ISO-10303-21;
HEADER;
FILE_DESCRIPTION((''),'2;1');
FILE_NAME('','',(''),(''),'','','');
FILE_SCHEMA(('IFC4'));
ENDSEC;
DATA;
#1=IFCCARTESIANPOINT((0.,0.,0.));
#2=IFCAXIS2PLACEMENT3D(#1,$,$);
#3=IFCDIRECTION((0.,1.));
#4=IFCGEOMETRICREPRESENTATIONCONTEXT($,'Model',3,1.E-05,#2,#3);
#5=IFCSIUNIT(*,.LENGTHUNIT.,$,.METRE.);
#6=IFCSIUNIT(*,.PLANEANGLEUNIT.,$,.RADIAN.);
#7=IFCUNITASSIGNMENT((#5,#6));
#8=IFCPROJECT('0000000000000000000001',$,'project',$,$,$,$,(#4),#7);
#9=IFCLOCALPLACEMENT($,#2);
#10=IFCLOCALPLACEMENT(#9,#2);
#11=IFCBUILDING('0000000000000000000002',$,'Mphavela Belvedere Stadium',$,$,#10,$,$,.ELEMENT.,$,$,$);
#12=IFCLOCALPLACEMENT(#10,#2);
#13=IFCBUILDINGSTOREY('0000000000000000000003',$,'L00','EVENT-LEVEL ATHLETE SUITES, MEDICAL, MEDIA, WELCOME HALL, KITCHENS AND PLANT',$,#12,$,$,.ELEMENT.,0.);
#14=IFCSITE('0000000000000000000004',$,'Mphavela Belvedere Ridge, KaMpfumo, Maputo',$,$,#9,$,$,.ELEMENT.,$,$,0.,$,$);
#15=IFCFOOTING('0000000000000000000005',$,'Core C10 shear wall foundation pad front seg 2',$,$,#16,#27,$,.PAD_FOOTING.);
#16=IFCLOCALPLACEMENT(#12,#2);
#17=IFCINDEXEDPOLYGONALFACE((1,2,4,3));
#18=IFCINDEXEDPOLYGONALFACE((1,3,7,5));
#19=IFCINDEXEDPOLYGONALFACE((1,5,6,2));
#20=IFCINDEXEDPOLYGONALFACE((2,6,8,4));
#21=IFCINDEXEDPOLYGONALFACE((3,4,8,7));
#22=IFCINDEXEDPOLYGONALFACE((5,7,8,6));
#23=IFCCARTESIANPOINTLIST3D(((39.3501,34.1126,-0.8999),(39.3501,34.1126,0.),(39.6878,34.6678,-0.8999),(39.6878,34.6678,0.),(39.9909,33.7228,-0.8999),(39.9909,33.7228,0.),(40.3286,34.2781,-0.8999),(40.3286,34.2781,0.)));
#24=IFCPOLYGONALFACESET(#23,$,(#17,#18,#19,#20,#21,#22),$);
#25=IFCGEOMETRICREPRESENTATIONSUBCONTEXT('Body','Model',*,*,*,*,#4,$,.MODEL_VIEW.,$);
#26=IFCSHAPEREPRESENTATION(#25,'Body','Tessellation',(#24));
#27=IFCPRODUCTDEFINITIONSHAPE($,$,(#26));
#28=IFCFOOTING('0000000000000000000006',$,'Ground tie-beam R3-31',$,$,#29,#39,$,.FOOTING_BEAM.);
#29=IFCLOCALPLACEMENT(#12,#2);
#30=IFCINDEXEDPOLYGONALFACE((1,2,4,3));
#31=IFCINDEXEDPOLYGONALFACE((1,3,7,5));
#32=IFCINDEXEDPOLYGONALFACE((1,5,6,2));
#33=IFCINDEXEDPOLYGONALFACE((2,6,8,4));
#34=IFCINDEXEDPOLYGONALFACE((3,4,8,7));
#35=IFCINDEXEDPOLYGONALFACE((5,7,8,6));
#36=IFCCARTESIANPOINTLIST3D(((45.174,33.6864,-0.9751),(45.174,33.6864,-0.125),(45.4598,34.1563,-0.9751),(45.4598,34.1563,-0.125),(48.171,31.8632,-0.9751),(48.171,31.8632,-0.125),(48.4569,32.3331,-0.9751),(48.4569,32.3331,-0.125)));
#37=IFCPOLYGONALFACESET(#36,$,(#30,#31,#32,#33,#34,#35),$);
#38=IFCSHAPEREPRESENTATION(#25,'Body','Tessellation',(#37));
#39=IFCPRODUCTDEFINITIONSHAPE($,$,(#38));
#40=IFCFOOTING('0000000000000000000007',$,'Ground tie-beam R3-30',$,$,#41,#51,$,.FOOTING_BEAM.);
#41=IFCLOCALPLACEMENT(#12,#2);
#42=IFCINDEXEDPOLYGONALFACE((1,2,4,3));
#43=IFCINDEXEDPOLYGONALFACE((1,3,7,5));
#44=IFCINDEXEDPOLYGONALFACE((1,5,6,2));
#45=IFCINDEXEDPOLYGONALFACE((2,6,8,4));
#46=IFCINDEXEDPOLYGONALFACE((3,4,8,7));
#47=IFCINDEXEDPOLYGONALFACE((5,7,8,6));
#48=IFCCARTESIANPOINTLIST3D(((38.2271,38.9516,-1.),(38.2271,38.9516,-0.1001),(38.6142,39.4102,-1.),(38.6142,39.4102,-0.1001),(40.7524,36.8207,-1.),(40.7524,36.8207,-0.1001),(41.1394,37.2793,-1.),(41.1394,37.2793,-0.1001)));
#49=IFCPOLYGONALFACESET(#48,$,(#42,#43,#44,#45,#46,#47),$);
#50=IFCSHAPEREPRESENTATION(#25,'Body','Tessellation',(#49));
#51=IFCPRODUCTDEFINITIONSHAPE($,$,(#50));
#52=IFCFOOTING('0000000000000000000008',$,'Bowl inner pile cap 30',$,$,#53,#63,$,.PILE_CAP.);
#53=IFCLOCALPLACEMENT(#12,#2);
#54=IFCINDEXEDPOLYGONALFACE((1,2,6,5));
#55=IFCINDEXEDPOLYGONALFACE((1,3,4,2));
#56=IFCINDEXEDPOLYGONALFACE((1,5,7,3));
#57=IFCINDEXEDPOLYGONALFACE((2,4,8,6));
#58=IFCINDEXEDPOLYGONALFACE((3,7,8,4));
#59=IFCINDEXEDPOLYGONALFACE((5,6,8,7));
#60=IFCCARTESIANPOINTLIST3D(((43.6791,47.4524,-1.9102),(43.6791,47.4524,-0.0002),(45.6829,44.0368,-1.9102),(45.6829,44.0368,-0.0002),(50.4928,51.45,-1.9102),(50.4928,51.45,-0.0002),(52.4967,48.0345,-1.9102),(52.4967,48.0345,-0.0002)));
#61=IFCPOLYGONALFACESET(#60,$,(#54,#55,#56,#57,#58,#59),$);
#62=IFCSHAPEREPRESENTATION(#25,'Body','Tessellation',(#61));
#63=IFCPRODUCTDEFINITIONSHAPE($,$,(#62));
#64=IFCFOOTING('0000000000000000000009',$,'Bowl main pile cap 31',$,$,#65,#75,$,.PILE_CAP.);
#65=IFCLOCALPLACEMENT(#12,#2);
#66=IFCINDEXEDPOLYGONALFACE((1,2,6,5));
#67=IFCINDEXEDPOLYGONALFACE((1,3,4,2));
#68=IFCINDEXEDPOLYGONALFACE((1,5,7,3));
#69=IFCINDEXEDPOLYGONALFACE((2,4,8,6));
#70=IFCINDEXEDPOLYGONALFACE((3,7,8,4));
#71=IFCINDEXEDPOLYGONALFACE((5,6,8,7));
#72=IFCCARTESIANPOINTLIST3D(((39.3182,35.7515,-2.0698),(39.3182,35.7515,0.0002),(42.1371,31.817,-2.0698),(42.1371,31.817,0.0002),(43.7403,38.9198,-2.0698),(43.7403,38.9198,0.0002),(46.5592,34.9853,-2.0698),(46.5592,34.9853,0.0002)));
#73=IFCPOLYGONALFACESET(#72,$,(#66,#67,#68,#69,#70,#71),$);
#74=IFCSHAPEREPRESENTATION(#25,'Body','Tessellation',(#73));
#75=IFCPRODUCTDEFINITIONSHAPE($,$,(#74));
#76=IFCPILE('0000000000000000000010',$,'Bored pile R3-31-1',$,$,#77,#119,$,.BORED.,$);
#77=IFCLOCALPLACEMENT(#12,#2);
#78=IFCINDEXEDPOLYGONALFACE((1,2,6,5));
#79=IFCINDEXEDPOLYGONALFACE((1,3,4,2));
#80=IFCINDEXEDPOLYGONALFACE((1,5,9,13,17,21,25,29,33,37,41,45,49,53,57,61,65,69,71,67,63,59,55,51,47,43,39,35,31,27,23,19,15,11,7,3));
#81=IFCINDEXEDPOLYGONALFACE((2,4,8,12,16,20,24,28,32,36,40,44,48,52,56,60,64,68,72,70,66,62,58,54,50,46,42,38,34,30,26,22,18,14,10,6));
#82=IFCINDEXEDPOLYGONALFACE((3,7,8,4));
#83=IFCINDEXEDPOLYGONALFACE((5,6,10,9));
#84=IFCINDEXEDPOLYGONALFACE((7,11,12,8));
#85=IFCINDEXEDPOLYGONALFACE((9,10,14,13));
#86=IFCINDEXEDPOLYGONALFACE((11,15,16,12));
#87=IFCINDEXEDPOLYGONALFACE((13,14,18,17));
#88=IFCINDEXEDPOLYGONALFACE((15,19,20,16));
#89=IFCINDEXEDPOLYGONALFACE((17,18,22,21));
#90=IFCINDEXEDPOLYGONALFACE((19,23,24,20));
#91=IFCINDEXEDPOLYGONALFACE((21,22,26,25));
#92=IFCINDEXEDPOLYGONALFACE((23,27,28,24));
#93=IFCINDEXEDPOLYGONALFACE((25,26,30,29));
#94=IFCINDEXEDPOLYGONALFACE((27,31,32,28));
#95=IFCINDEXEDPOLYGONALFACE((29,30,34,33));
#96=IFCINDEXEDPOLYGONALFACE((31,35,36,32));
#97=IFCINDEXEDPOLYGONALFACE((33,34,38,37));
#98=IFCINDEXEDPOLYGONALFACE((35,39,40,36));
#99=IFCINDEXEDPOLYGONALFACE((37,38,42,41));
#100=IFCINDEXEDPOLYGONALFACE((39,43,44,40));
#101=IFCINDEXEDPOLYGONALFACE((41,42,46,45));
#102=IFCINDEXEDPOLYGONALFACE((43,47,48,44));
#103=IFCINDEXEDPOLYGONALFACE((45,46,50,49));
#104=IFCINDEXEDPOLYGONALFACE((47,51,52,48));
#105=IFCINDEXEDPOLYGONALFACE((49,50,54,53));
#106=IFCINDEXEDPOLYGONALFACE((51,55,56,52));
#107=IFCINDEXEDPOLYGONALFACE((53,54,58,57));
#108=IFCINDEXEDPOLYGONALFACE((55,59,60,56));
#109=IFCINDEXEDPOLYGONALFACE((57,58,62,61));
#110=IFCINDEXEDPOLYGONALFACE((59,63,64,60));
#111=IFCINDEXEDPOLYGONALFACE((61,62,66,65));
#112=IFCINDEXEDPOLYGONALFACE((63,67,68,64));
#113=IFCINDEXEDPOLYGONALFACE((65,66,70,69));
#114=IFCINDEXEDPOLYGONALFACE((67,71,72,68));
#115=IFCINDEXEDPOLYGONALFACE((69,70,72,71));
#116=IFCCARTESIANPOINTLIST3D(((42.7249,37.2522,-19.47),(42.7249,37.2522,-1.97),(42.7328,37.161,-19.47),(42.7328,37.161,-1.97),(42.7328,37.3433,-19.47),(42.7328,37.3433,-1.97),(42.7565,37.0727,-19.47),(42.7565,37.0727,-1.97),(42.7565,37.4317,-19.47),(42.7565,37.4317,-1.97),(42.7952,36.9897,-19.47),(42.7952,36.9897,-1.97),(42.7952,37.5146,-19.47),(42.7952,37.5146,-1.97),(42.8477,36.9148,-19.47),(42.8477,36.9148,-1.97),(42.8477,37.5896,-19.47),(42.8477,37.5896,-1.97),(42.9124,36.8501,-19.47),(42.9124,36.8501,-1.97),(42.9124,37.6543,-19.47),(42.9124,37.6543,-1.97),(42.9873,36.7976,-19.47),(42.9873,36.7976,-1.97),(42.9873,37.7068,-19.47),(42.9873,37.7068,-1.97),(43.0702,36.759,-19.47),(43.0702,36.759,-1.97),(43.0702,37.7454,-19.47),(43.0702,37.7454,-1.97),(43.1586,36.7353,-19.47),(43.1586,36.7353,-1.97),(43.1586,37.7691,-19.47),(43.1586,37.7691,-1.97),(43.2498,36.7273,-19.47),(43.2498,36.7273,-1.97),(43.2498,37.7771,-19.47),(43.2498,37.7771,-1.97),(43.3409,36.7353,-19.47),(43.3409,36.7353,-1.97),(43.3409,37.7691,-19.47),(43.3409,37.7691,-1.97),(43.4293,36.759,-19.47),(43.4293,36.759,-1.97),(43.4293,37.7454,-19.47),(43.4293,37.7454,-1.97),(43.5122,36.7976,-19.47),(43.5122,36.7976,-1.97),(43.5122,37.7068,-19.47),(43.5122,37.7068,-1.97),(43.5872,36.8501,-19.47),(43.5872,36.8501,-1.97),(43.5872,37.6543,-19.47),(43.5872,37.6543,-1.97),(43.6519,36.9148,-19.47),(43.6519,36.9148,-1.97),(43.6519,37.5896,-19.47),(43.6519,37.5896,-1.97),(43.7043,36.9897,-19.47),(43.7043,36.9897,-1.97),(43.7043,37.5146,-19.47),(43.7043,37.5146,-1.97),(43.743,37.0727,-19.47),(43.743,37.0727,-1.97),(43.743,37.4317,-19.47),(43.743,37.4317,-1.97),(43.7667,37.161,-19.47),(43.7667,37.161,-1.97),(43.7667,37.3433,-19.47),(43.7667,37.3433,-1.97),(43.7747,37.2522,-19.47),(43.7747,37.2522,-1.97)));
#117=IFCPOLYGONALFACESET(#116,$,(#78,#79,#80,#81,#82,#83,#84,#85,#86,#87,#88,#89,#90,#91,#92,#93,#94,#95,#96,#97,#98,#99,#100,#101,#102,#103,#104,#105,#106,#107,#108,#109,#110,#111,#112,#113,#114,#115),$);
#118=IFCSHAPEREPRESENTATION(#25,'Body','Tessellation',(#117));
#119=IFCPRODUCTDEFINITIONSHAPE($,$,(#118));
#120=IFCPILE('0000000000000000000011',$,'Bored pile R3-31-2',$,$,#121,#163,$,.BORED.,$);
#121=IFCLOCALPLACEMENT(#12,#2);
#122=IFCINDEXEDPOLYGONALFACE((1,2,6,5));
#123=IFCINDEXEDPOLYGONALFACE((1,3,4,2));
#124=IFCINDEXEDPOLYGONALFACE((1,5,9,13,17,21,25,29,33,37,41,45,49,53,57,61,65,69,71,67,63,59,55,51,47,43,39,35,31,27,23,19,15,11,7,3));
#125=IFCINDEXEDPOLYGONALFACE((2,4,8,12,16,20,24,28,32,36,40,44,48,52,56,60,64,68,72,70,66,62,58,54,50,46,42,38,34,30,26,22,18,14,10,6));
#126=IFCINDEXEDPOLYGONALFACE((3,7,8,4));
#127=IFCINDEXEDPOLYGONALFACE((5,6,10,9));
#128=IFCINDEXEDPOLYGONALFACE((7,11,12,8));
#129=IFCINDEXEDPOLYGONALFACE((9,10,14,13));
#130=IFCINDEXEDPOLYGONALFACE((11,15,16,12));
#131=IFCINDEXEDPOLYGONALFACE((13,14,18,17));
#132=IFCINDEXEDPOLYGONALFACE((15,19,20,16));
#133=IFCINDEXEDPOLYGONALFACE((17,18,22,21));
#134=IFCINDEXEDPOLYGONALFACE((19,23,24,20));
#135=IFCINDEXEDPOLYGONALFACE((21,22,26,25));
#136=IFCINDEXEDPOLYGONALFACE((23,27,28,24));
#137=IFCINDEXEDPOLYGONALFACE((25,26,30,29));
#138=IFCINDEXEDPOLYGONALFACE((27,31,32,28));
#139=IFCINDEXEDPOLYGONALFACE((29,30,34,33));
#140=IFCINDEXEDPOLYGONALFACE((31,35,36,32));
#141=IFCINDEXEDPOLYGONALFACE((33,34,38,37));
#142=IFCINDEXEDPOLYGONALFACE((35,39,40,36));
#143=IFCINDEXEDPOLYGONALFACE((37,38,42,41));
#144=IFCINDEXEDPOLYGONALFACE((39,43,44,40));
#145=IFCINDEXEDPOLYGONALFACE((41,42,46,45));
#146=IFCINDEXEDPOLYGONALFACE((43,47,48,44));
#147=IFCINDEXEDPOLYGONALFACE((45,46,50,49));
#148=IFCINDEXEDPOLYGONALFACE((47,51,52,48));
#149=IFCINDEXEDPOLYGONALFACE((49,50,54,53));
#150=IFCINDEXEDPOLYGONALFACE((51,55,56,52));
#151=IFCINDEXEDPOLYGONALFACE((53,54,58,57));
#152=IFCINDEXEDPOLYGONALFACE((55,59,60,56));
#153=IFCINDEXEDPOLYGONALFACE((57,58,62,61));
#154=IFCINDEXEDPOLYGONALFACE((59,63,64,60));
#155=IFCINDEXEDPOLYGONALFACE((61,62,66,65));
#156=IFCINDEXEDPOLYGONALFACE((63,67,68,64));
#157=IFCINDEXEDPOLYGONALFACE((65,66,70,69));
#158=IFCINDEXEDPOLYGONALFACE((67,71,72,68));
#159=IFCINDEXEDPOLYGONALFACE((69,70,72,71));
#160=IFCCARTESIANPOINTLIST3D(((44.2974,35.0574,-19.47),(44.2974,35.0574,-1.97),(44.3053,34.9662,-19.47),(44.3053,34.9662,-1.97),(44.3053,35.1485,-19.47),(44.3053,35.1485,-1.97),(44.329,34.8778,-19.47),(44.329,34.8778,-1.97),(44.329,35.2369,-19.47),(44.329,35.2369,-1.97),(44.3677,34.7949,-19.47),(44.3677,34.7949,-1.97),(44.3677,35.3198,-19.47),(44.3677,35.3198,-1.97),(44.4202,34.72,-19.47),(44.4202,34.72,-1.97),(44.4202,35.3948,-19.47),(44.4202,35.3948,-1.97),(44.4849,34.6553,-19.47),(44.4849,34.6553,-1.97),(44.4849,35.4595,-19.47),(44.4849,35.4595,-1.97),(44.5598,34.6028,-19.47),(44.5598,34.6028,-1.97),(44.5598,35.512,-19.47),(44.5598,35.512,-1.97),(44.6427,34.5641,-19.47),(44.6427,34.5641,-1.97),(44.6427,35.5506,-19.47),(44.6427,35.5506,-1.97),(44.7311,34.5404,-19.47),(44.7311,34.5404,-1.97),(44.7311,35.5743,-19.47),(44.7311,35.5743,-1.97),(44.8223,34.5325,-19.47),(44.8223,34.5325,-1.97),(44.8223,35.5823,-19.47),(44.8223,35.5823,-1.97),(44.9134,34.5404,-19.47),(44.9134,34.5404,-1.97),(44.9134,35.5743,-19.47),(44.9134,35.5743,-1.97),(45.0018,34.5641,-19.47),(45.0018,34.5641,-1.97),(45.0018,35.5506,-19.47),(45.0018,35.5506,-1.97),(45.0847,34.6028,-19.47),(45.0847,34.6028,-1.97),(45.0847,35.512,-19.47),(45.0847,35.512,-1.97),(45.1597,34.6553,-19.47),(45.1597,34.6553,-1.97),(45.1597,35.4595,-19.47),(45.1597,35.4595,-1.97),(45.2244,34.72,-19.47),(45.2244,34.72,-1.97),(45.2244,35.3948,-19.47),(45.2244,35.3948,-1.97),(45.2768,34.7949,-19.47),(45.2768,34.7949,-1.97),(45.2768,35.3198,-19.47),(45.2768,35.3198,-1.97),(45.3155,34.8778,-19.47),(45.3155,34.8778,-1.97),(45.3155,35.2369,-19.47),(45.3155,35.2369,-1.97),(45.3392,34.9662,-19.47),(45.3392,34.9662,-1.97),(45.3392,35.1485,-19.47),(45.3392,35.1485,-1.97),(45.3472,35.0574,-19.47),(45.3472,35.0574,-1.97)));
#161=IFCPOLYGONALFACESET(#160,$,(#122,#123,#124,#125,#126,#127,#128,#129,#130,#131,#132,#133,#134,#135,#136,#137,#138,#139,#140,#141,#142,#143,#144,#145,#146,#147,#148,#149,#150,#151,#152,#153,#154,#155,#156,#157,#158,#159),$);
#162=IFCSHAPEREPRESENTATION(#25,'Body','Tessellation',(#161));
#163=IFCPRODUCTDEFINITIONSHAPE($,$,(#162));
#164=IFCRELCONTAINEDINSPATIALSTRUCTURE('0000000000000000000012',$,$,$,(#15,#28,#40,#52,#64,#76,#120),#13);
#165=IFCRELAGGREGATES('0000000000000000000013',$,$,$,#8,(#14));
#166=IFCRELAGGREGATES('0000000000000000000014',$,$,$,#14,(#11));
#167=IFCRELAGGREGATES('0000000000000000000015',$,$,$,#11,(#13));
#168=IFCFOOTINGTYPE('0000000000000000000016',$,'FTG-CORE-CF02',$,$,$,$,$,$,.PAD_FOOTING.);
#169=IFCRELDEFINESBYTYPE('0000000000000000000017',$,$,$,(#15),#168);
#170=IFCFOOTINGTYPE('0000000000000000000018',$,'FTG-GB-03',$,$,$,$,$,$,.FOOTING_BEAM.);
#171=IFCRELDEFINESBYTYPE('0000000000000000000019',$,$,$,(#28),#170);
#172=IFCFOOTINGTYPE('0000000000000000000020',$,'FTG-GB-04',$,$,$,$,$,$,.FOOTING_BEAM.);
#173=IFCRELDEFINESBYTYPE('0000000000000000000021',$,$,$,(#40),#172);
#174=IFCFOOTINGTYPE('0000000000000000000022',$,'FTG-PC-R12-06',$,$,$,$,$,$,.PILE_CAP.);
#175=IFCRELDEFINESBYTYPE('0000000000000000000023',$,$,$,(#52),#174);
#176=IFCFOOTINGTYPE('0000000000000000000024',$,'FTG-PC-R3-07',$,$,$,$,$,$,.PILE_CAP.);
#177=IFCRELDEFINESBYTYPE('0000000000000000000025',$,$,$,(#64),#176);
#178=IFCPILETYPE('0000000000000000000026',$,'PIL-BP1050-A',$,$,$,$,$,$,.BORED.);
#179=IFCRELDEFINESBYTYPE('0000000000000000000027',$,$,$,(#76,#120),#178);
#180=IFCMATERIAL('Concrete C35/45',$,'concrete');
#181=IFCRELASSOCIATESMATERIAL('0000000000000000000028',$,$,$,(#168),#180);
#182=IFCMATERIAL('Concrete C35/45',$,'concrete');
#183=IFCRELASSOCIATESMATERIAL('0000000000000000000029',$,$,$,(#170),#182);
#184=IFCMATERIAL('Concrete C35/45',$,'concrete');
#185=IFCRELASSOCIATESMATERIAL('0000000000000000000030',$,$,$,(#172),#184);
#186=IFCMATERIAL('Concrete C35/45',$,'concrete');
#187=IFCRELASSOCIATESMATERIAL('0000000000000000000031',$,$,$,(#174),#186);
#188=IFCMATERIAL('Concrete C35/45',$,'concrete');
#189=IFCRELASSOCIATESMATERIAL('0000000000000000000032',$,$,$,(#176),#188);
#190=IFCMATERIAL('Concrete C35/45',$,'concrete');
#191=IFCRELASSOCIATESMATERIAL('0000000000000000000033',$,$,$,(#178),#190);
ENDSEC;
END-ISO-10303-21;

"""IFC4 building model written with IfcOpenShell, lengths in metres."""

from ifc_helpers import new_model, si_unit, direction, frame, origin, origin_2d, place, context, subcontext, project, spatial, rectangle, circle, extrude, material, material_profile, profile_set, type_object, element, save


model = new_model("IFC4")

# Units and contexts
model_context = context("Model", 3, precision=1e-05, world=origin(), true_north=direction((0.0, 1.0)))
body_context = subcontext(model_context, "Body", "Model", "MODEL_VIEW")
ifc_project = project(units=[si_unit("LENGTHUNIT", "METRE"), si_unit("PLANEANGLEUNIT", "RADIAN")], contexts=[model_context])

# Site, building, storey
site_placement = place(None, origin())
site = spatial("IfcSite", under=ifc_project, at=site_placement, Name="Mphavela Belvedere Ridge, KaMpfumo, Maputo", CompositionType="ELEMENT", RefElevation=0.0)
building_placement = place(site_placement, origin())
building = spatial("IfcBuilding", under=site, at=building_placement, Name="Mphavela Belvedere Stadium", CompositionType="ELEMENT")
storey_placement = place(building_placement, origin())
storey = spatial("IfcBuildingStorey", under=building, at=storey_placement, Name="L00", Description="EVENT-LEVEL ATHLETE SUITES, MEDICAL, MEDIA, WELCOME HALL, KITCHENS AND PLANT", CompositionType="ELEMENT", Elevation=0.0)

# Footings
ifc_material_1 = material(Name="Concrete C35/45", Category="concrete")
footing_type_1 = type_object("IfcFootingType", Name="FTG-CORE-CF02", PredefinedType="PAD_FOOTING", material=ifc_material_1)
footing_1_placement = place(storey_placement, frame((39.8394, 34.1953, -0.8999), z_axis=(0.0, 0.0, 1.0), x_axis=(-0.854368, 0.519668, 0.0)))
element("IfcFooting", 1, at=footing_1_placement, inside=storey, type_object=footing_type_1, Name="Core C10 shear wall foundation pad front seg 2", PredefinedType="PAD_FOOTING", context=body_context, shape_type="SweptSolid", body=[
    extrude(rectangle(XDim=0.75, YDim=0.6499, at=origin_2d()), origin(), (0.0, 0.0, 1.0), 0.8999),
])
ifc_material_2 = material(Name="Concrete C35/45", Category="concrete")
ifc_material_profile_1 = material_profile(ifc_material_2, rectangle(XDim=0.55, YDim=0.8501, at=origin_2d()), Name="GB 550x850")
ifc_profile_set_1 = profile_set([ifc_material_profile_1], Name="Concrete C35/45")
footing_type_2 = type_object("IfcFootingType", Name="FTG-GB-03", PredefinedType="FOOTING_BEAM", material=ifc_profile_set_1)
footing_2_placement = place(storey_placement, frame((45.3169, 33.9214, -0.55), z_axis=(0.854333, -0.519726, 0.0), x_axis=(0.519726, 0.854333, 0.0)))
element("IfcFooting", 2, at=footing_2_placement, inside=storey, type_object=footing_type_2, Name="Ground tie-beam R3-31", PredefinedType="FOOTING_BEAM", context=body_context, shape_type="SweptSolid", body=[
    extrude(rectangle(XDim=0.55, YDim=0.8501, at=origin_2d()), origin(), (0.0, 0.0, 1.0), 3.5081),
])
ifc_material_3 = material(Name="Concrete C35/45", Category="concrete")
ifc_material_profile_2 = material_profile(ifc_material_3, rectangle(XDim=0.6001, YDim=0.8999, at=origin_2d()), Name="GB 600x900")
ifc_profile_set_2 = profile_set([ifc_material_profile_2], Name="Concrete C35/45")
footing_type_3 = type_object("IfcFootingType", Name="FTG-GB-04", PredefinedType="FOOTING_BEAM", material=ifc_profile_set_2)
footing_3_placement = place(storey_placement, frame((38.4207, 39.1809, -0.55), z_axis=(0.764252, -0.644918, 0.0), x_axis=(0.644918, 0.764252, 0.0)))
element("IfcFooting", 3, at=footing_3_placement, inside=storey, type_object=footing_type_3, Name="Ground tie-beam R3-30", PredefinedType="FOOTING_BEAM", context=body_context, shape_type="SweptSolid", body=[
    extrude(rectangle(XDim=0.6001, YDim=0.8999, at=origin_2d()), origin(), (0.0, 0.0, 1.0), 3.3042),
])
ifc_material_4 = material(Name="Concrete C35/45", Category="concrete")
footing_type_4 = type_object("IfcFootingType", Name="FTG-PC-R12-06", PredefinedType="PILE_CAP", material=ifc_material_4)
footing_4_placement = place(storey_placement, frame((48.0879, 47.7434, -1.9102), z_axis=(0.0, 0.0, 1.0), x_axis=(-0.862514, -0.506034, 0.0)))
element("IfcFooting", 4, at=footing_4_placement, inside=storey, type_object=footing_type_4, Name="Bowl inner pile cap 30", PredefinedType="PILE_CAP", context=body_context, shape_type="SweptSolid", body=[
    extrude(rectangle(XDim=7.8999, YDim=3.96, at=origin_2d()), origin(), (0.0, 0.0, 1.0), 1.9099),
])
ifc_material_5 = material(Name="Concrete C35/45", Category="concrete")
footing_type_5 = type_object("IfcFootingType", Name="FTG-PC-R3-07", PredefinedType="PILE_CAP", material=ifc_material_5)
footing_5_placement = place(storey_placement, frame((42.9387, 35.3684, -2.0698), z_axis=(0.0, 0.0, 1.0), x_axis=(-0.812898, -0.582407, 0.0)))
element("IfcFooting", 5, at=footing_5_placement, inside=storey, type_object=footing_type_5, Name="Bowl main pile cap 31", PredefinedType="PILE_CAP", context=body_context, shape_type="SweptSolid", body=[
    extrude(rectangle(XDim=5.4399, YDim=4.8401, at=origin_2d()), origin(), (0.0, 0.0, 1.0), 2.0701),
])

# Piles
ifc_material_6 = material(Name="Concrete C35/45", Category="concrete")
ifc_material_profile_3 = material_profile(ifc_material_6, circle(Radius=0.5249, at=origin_2d()), Name="BP D1050")
ifc_profile_set_3 = profile_set([ifc_material_profile_3], Name="Concrete C35/45")
pile_type_1 = type_object("IfcPileType", Name="PIL-BP1050-A", PredefinedType="BORED", material=ifc_profile_set_3)
for number, where, z_axis, x_axis, name in (
    (6, (43.2498, 37.2522, -1.97), (0.0, 0.0, -1.0), (1.0, 0.0, 0.0), "Bored pile R3-31-1"),
    (7, (44.8223, 35.0574, -1.97), (0.0, 0.0, -1.0), (1.0, 0.0, 0.0), "Bored pile R3-31-2"),
):
    element("IfcPile", number, at=place(storey_placement, frame(where, z_axis=z_axis, x_axis=x_axis)), inside=storey, type_object=pile_type_1, Name=name, PredefinedType="BORED", context=body_context, shape_type="SweptSolid", body=[
        extrude(circle(Radius=0.5249, at=origin_2d()), origin(), (0.0, 0.0, 1.0), 17.5),
    ])

save(model, "model.ifc")
